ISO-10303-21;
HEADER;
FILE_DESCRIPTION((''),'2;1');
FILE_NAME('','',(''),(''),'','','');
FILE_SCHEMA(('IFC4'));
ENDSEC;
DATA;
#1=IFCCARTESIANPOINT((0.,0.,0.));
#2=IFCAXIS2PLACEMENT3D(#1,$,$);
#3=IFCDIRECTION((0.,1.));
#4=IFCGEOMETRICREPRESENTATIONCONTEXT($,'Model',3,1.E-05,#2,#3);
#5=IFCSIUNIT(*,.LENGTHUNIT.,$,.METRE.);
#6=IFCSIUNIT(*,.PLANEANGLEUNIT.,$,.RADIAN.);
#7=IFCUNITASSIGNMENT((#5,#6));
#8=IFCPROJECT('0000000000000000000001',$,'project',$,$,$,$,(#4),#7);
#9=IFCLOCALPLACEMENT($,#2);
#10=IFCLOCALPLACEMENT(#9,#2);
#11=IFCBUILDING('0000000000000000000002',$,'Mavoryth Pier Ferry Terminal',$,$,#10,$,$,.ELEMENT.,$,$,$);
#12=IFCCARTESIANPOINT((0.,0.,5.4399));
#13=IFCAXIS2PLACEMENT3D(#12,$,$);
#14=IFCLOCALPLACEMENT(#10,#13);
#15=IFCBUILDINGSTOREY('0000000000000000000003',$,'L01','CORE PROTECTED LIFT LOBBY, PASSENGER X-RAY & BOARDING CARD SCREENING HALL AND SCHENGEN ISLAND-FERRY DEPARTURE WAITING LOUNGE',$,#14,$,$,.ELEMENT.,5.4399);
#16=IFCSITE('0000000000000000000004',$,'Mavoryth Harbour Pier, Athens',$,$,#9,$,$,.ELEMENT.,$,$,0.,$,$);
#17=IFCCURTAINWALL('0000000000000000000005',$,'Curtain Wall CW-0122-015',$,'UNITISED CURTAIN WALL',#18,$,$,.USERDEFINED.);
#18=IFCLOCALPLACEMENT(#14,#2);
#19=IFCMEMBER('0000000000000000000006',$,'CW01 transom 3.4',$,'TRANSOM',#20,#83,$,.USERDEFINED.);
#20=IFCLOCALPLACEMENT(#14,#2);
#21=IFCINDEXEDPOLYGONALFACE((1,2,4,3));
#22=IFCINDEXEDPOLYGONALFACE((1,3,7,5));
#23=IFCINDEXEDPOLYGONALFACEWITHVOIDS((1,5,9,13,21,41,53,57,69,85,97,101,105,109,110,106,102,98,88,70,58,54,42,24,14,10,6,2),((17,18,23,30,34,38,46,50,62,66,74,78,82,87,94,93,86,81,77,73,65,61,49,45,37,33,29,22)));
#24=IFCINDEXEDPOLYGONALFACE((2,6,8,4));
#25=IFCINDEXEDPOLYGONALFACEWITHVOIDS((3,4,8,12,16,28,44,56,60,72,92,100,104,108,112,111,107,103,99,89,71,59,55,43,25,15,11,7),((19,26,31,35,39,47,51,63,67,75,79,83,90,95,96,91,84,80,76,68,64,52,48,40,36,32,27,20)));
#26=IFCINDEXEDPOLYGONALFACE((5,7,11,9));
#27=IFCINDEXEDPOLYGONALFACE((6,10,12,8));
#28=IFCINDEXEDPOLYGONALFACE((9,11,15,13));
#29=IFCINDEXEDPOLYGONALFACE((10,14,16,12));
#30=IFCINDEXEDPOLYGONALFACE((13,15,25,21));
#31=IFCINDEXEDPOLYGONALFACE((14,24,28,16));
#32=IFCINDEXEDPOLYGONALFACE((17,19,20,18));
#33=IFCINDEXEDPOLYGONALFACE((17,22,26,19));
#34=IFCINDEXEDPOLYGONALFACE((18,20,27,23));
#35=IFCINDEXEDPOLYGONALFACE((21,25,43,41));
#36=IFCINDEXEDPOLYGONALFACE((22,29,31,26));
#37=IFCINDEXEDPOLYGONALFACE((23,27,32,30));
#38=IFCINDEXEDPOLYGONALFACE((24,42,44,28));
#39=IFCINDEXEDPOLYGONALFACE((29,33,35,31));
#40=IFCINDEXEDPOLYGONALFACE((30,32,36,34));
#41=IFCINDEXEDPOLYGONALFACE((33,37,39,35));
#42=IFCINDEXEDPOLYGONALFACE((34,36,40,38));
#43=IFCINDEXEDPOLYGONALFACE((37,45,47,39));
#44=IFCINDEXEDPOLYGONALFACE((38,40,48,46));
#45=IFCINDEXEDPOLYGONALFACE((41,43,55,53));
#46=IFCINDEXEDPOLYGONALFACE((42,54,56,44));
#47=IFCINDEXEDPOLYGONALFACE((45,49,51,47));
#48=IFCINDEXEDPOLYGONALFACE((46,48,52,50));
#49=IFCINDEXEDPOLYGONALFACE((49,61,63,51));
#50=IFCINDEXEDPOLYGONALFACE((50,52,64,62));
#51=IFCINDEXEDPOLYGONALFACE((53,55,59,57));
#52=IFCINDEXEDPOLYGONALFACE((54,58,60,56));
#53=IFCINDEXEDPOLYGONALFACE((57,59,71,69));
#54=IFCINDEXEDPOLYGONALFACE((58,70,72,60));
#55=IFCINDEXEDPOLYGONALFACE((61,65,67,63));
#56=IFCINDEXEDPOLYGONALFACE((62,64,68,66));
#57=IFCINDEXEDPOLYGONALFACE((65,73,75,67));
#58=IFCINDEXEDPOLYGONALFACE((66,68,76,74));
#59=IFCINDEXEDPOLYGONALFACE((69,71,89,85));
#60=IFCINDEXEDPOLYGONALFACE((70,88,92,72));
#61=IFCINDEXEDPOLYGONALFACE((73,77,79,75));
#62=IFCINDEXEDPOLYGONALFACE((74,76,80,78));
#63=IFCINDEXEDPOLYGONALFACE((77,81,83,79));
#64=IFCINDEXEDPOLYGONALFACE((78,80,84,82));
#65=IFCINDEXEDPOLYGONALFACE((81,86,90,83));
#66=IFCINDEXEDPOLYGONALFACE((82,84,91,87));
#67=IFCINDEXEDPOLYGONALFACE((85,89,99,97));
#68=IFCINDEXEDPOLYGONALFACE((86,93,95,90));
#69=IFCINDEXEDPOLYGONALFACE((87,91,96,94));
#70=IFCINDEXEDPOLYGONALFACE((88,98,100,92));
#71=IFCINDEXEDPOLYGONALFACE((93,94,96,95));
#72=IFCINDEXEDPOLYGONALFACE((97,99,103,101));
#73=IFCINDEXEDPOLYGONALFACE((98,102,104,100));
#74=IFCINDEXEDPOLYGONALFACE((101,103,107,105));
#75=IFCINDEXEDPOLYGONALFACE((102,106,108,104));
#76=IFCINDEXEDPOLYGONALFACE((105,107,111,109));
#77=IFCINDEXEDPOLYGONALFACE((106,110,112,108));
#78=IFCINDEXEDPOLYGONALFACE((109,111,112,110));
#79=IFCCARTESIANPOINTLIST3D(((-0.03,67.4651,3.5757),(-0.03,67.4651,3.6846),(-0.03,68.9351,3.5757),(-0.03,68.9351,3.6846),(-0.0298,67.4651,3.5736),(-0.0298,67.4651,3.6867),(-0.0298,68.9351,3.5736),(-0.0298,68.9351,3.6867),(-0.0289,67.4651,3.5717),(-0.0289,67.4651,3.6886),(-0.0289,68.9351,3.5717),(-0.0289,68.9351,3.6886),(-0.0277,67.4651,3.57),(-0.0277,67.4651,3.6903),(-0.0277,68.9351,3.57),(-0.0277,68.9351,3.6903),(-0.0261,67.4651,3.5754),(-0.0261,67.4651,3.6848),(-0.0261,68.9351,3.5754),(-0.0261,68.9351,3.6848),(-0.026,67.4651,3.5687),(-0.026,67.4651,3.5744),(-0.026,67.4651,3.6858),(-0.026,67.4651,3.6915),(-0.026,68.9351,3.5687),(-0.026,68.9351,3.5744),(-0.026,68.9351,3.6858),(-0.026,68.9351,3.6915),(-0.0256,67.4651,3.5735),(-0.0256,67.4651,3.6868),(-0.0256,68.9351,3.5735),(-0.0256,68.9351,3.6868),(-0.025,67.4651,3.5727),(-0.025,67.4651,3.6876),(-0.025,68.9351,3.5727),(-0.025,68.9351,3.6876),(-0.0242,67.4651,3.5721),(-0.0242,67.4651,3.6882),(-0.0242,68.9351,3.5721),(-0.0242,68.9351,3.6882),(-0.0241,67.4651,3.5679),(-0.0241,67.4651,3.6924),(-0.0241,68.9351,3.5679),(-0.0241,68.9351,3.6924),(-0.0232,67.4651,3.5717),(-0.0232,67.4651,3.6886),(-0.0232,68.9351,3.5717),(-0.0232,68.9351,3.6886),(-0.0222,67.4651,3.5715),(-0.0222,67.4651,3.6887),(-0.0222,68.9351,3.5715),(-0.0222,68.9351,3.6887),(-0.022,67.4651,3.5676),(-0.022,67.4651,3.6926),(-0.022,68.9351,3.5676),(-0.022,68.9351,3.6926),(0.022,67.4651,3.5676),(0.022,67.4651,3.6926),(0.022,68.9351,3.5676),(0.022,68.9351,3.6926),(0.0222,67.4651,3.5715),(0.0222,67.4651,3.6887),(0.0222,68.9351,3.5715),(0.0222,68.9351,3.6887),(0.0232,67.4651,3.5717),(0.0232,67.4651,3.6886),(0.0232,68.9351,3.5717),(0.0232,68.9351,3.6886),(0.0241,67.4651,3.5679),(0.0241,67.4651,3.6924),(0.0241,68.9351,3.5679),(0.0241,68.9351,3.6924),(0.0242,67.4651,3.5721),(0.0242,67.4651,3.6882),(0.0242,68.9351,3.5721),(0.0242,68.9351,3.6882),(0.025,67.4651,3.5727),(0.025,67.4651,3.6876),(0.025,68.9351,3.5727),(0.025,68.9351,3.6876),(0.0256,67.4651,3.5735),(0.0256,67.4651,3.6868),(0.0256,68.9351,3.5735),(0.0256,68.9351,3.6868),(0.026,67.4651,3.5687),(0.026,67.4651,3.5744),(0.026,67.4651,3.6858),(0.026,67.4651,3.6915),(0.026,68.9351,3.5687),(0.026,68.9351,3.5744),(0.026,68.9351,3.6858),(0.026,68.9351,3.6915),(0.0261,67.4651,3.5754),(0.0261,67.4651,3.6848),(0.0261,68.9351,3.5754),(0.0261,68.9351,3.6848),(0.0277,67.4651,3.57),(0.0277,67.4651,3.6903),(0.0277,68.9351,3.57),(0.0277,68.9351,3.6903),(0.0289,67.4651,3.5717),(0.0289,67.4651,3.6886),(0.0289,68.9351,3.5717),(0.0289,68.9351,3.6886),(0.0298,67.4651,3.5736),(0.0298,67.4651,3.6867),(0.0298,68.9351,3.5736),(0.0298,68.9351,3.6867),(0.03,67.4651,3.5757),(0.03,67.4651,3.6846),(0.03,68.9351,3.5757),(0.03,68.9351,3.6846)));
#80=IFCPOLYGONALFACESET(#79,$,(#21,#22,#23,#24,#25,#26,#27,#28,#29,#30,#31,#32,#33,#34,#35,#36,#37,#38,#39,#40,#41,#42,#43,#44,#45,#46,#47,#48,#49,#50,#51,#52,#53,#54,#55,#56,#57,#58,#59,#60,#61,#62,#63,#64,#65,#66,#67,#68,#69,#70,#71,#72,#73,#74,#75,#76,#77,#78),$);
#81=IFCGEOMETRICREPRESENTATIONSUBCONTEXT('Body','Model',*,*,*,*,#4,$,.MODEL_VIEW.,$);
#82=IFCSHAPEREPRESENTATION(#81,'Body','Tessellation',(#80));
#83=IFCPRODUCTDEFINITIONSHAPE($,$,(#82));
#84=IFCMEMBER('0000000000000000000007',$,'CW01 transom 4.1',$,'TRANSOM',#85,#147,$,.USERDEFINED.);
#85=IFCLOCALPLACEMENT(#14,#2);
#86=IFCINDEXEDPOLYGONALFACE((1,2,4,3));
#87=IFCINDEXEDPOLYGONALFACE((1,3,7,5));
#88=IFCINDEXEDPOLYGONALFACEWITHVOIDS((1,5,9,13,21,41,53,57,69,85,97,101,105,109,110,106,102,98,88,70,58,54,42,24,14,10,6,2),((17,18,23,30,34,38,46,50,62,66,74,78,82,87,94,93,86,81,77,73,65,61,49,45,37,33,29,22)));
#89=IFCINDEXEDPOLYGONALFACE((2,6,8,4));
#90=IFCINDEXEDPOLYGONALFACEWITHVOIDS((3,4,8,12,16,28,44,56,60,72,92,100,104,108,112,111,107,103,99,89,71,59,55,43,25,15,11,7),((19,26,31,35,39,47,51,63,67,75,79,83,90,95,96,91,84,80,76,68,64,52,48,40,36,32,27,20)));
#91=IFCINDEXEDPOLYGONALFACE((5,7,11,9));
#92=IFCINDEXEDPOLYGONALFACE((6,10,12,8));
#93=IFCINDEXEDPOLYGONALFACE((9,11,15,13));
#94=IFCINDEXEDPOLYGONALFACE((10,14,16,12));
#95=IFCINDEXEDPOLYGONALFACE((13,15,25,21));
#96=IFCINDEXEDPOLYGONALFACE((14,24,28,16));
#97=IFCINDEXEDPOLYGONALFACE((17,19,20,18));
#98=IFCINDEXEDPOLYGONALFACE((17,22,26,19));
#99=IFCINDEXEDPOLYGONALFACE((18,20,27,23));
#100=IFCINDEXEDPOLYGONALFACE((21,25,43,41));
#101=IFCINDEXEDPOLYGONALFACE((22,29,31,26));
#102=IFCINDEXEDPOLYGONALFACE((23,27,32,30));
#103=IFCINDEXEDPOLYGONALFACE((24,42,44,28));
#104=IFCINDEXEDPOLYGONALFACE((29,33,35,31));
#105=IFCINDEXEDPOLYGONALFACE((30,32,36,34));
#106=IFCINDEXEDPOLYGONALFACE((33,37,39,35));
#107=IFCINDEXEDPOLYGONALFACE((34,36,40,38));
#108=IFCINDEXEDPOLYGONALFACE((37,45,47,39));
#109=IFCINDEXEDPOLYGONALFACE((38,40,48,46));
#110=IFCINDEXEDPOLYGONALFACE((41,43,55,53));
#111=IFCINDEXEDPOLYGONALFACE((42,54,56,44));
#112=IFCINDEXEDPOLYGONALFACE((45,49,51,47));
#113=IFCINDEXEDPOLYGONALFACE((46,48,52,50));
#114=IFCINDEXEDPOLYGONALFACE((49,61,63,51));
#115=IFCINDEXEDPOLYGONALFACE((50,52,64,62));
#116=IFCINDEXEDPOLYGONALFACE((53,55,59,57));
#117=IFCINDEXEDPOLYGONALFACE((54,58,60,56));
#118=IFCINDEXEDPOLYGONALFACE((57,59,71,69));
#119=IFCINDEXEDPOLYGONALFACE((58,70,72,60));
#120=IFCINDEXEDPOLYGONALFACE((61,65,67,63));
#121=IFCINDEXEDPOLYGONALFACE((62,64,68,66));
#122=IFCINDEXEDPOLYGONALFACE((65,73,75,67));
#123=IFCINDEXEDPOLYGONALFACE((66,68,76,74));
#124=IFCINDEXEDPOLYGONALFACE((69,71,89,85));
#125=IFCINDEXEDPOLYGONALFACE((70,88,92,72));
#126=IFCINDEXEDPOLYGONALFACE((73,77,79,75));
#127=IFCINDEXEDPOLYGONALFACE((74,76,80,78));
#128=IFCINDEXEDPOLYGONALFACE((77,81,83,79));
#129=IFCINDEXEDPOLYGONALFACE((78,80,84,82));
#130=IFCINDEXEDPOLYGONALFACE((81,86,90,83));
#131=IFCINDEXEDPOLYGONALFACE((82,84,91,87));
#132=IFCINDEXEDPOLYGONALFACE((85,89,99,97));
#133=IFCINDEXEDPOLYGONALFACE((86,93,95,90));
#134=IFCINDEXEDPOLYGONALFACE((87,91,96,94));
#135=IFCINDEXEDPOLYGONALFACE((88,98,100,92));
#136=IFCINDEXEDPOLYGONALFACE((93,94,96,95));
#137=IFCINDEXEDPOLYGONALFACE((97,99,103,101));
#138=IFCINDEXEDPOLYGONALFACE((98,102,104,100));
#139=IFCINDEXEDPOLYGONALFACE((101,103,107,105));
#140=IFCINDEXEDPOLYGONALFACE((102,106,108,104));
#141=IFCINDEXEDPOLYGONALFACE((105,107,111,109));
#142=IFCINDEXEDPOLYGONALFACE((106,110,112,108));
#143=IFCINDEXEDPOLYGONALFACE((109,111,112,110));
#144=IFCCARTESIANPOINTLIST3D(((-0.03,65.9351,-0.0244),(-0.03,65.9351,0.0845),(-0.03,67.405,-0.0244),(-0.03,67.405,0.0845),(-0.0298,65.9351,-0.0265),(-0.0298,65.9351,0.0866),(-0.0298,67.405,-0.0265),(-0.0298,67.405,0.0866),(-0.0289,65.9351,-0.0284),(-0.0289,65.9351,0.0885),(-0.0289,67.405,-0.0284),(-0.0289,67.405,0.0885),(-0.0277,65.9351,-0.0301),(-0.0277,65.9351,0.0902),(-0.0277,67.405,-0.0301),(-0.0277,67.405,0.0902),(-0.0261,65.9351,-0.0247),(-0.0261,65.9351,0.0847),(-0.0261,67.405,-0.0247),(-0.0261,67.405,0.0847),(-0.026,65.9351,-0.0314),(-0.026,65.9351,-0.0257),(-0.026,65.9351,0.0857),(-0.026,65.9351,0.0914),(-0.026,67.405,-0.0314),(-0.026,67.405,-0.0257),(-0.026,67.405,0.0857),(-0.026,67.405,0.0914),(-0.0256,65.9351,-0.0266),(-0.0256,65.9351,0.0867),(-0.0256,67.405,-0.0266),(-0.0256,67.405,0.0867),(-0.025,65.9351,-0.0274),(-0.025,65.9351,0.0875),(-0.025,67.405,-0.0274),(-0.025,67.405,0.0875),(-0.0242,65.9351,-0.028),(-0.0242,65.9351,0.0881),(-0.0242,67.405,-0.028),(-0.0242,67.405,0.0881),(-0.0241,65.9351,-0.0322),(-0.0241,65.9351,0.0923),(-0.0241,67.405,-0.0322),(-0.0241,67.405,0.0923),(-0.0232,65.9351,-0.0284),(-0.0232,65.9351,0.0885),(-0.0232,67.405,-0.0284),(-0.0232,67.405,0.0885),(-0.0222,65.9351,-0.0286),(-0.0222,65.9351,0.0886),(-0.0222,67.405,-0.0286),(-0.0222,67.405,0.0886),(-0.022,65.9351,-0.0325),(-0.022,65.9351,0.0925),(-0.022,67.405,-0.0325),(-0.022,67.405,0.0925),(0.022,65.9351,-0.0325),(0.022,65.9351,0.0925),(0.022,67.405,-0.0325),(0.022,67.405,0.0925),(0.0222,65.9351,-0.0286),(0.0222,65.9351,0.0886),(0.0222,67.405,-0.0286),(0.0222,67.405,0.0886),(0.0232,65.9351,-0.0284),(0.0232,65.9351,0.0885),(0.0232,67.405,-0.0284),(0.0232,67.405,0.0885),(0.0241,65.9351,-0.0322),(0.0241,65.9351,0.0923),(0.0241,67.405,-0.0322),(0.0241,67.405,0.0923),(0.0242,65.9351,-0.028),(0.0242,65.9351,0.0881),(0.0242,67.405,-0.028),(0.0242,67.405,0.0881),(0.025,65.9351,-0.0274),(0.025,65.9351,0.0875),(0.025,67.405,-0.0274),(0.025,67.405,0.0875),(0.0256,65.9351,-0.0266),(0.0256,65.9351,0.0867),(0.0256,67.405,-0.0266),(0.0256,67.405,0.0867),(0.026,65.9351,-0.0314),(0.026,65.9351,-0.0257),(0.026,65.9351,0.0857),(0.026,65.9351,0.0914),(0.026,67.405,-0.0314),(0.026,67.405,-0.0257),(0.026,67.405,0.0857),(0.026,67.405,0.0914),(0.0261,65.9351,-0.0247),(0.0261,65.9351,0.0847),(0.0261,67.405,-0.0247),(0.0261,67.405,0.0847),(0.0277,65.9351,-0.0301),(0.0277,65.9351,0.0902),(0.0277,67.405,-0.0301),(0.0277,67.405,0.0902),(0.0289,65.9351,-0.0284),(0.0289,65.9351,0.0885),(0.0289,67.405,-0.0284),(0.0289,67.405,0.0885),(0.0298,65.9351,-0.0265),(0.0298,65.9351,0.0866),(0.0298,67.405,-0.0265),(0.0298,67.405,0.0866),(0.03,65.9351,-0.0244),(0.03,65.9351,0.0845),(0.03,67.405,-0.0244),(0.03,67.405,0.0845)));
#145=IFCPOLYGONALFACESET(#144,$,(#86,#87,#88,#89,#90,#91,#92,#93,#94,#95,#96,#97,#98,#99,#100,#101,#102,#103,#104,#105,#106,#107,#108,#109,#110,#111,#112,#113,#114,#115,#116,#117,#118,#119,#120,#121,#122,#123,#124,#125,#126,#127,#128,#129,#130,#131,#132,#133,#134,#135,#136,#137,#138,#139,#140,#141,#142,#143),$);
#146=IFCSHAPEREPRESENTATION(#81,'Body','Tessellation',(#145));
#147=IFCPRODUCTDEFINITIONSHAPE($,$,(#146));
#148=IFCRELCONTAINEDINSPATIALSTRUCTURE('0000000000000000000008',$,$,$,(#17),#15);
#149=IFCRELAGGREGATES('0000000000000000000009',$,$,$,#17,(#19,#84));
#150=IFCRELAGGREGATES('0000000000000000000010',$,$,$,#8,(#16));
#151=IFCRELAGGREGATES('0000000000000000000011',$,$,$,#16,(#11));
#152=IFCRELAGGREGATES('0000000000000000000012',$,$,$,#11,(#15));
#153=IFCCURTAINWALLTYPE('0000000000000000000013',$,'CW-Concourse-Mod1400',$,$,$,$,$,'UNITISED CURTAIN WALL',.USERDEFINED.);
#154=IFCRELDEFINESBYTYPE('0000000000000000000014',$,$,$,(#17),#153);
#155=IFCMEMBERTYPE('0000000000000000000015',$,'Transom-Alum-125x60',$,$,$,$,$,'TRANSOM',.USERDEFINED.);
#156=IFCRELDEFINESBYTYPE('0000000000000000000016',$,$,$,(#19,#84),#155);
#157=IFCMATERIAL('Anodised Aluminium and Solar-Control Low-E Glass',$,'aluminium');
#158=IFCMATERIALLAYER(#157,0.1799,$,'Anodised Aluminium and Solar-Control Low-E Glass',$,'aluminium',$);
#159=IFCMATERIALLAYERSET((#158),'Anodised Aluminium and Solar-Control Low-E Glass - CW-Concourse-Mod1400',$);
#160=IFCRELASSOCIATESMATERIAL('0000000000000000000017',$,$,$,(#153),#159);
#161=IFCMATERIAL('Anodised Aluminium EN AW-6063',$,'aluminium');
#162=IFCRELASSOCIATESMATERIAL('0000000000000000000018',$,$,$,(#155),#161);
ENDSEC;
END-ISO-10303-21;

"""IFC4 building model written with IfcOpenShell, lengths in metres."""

from ifc_helpers import new_model, si_unit, direction, frame, origin, origin_2d, place, context, subcontext, project, spatial, hollow_rectangle, extrude, material, layer, layer_set, material_profile, profile_set, type_object, element, aggregate, save


model = new_model("IFC4")

# Units and contexts
model_context = context("Model", 3, precision=1e-05, world=origin(), true_north=direction((0.0, 1.0)))
body_context = subcontext(model_context, "Body", "Model", "MODEL_VIEW")
ifc_project = project(units=[si_unit("LENGTHUNIT", "METRE"), si_unit("PLANEANGLEUNIT", "RADIAN")], contexts=[model_context])

# Site, building, storey
site_placement = place(None, origin())
site = spatial("IfcSite", under=ifc_project, at=site_placement, Name="Mavoryth Harbour Pier, Athens", CompositionType="ELEMENT", RefElevation=0.0)
building_placement = place(site_placement, origin())
building = spatial("IfcBuilding", under=site, at=building_placement, Name="Mavoryth Pier Ferry Terminal", CompositionType="ELEMENT")
storey_placement = place(building_placement, frame((0.0, 0.0, 5.4399)))
storey = spatial("IfcBuildingStorey", under=building, at=storey_placement, Name="L01", Description="CORE PROTECTED LIFT LOBBY, PASSENGER X-RAY & BOARDING CARD SCREENING HALL AND SCHENGEN ISLAND-FERRY DEPARTURE WAITING LOUNGE", CompositionType="ELEMENT", Elevation=5.4399)

# Curtain wall
ifc_material_1 = material(Name="Anodised Aluminium and Solar-Control Low-E Glass", Category="aluminium")
ifc_layer_1 = layer(ifc_material_1, 0.1799, Name="Anodised Aluminium and Solar-Control Low-E Glass", Category="aluminium")
ifc_layer_set_1 = layer_set([ifc_layer_1], Name="Anodised Aluminium and Solar-Control Low-E Glass - CW-Concourse-Mod1400")
curtain_wall_type = type_object("IfcCurtainWallType", Name="CW-Concourse-Mod1400", ElementType="UNITISED CURTAIN WALL", PredefinedType="USERDEFINED", material=ifc_layer_set_1)
curtain_wall_1_placement = place(storey_placement, origin())
curtain_wall_1 = element("IfcCurtainWall", 1, at=curtain_wall_1_placement, inside=storey, type_object=curtain_wall_type, Name="Curtain Wall CW-0122-015", ObjectType="UNITISED CURTAIN WALL", PredefinedType="USERDEFINED")
ifc_material_2 = material(Name="Anodised Aluminium EN AW-6063", Category="aluminium")

# Members
ifc_material_profile_1 = material_profile(ifc_material_2, hollow_rectangle(XDim=0.0601, YDim=0.125, WallThickness=0.0039, InnerFilletRadius=0.0039, OuterFilletRadius=0.0081, at=origin_2d()), Name="AL-TRAN 125x60x4", Category="aluminium")
ifc_profile_set_1 = profile_set([ifc_material_profile_1], Name="Anodised Aluminium EN AW-6063 - AL-TRAN 125x60x4")
member_type_1 = type_object("IfcMemberType", Name="Transom-Alum-125x60", ElementType="TRANSOM", PredefinedType="USERDEFINED", material=ifc_profile_set_1)
member_1_placement = place(storey_placement, frame((0.0, 68.9351, 3.6301), z_axis=(0.0, -1.0, 0.0), x_axis=(1.0, 0.0, 0.0)))
member_1 = element("IfcMember", 2, at=member_1_placement, type_object=member_type_1, Name="CW01 transom 3.4", ObjectType="TRANSOM", PredefinedType="USERDEFINED", context=body_context, shape_type="SweptSolid", body=[
    extrude(hollow_rectangle(XDim=0.0601, YDim=0.125, WallThickness=0.0039, InnerFilletRadius=0.0039, OuterFilletRadius=0.0081, at=origin_2d()), origin(), (0.0, 0.0, 1.0), 1.47),
])
member_2_placement = place(storey_placement, frame((0.0, 67.405, 0.03), z_axis=(0.0, -1.0, 0.0), x_axis=(1.0, 0.0, 0.0)))
member_2 = element("IfcMember", 3, at=member_2_placement, type_object=member_type_1, Name="CW01 transom 4.1", ObjectType="TRANSOM", PredefinedType="USERDEFINED", context=body_context, shape_type="SweptSolid", body=[
    extrude(hollow_rectangle(XDim=0.0601, YDim=0.125, WallThickness=0.0039, InnerFilletRadius=0.0039, OuterFilletRadius=0.0081, at=origin_2d()), origin(), (0.0, 0.0, 1.0), 1.47),
])

aggregate(curtain_wall_1, [member_1, member_2])

save(model, "model.ifc")
